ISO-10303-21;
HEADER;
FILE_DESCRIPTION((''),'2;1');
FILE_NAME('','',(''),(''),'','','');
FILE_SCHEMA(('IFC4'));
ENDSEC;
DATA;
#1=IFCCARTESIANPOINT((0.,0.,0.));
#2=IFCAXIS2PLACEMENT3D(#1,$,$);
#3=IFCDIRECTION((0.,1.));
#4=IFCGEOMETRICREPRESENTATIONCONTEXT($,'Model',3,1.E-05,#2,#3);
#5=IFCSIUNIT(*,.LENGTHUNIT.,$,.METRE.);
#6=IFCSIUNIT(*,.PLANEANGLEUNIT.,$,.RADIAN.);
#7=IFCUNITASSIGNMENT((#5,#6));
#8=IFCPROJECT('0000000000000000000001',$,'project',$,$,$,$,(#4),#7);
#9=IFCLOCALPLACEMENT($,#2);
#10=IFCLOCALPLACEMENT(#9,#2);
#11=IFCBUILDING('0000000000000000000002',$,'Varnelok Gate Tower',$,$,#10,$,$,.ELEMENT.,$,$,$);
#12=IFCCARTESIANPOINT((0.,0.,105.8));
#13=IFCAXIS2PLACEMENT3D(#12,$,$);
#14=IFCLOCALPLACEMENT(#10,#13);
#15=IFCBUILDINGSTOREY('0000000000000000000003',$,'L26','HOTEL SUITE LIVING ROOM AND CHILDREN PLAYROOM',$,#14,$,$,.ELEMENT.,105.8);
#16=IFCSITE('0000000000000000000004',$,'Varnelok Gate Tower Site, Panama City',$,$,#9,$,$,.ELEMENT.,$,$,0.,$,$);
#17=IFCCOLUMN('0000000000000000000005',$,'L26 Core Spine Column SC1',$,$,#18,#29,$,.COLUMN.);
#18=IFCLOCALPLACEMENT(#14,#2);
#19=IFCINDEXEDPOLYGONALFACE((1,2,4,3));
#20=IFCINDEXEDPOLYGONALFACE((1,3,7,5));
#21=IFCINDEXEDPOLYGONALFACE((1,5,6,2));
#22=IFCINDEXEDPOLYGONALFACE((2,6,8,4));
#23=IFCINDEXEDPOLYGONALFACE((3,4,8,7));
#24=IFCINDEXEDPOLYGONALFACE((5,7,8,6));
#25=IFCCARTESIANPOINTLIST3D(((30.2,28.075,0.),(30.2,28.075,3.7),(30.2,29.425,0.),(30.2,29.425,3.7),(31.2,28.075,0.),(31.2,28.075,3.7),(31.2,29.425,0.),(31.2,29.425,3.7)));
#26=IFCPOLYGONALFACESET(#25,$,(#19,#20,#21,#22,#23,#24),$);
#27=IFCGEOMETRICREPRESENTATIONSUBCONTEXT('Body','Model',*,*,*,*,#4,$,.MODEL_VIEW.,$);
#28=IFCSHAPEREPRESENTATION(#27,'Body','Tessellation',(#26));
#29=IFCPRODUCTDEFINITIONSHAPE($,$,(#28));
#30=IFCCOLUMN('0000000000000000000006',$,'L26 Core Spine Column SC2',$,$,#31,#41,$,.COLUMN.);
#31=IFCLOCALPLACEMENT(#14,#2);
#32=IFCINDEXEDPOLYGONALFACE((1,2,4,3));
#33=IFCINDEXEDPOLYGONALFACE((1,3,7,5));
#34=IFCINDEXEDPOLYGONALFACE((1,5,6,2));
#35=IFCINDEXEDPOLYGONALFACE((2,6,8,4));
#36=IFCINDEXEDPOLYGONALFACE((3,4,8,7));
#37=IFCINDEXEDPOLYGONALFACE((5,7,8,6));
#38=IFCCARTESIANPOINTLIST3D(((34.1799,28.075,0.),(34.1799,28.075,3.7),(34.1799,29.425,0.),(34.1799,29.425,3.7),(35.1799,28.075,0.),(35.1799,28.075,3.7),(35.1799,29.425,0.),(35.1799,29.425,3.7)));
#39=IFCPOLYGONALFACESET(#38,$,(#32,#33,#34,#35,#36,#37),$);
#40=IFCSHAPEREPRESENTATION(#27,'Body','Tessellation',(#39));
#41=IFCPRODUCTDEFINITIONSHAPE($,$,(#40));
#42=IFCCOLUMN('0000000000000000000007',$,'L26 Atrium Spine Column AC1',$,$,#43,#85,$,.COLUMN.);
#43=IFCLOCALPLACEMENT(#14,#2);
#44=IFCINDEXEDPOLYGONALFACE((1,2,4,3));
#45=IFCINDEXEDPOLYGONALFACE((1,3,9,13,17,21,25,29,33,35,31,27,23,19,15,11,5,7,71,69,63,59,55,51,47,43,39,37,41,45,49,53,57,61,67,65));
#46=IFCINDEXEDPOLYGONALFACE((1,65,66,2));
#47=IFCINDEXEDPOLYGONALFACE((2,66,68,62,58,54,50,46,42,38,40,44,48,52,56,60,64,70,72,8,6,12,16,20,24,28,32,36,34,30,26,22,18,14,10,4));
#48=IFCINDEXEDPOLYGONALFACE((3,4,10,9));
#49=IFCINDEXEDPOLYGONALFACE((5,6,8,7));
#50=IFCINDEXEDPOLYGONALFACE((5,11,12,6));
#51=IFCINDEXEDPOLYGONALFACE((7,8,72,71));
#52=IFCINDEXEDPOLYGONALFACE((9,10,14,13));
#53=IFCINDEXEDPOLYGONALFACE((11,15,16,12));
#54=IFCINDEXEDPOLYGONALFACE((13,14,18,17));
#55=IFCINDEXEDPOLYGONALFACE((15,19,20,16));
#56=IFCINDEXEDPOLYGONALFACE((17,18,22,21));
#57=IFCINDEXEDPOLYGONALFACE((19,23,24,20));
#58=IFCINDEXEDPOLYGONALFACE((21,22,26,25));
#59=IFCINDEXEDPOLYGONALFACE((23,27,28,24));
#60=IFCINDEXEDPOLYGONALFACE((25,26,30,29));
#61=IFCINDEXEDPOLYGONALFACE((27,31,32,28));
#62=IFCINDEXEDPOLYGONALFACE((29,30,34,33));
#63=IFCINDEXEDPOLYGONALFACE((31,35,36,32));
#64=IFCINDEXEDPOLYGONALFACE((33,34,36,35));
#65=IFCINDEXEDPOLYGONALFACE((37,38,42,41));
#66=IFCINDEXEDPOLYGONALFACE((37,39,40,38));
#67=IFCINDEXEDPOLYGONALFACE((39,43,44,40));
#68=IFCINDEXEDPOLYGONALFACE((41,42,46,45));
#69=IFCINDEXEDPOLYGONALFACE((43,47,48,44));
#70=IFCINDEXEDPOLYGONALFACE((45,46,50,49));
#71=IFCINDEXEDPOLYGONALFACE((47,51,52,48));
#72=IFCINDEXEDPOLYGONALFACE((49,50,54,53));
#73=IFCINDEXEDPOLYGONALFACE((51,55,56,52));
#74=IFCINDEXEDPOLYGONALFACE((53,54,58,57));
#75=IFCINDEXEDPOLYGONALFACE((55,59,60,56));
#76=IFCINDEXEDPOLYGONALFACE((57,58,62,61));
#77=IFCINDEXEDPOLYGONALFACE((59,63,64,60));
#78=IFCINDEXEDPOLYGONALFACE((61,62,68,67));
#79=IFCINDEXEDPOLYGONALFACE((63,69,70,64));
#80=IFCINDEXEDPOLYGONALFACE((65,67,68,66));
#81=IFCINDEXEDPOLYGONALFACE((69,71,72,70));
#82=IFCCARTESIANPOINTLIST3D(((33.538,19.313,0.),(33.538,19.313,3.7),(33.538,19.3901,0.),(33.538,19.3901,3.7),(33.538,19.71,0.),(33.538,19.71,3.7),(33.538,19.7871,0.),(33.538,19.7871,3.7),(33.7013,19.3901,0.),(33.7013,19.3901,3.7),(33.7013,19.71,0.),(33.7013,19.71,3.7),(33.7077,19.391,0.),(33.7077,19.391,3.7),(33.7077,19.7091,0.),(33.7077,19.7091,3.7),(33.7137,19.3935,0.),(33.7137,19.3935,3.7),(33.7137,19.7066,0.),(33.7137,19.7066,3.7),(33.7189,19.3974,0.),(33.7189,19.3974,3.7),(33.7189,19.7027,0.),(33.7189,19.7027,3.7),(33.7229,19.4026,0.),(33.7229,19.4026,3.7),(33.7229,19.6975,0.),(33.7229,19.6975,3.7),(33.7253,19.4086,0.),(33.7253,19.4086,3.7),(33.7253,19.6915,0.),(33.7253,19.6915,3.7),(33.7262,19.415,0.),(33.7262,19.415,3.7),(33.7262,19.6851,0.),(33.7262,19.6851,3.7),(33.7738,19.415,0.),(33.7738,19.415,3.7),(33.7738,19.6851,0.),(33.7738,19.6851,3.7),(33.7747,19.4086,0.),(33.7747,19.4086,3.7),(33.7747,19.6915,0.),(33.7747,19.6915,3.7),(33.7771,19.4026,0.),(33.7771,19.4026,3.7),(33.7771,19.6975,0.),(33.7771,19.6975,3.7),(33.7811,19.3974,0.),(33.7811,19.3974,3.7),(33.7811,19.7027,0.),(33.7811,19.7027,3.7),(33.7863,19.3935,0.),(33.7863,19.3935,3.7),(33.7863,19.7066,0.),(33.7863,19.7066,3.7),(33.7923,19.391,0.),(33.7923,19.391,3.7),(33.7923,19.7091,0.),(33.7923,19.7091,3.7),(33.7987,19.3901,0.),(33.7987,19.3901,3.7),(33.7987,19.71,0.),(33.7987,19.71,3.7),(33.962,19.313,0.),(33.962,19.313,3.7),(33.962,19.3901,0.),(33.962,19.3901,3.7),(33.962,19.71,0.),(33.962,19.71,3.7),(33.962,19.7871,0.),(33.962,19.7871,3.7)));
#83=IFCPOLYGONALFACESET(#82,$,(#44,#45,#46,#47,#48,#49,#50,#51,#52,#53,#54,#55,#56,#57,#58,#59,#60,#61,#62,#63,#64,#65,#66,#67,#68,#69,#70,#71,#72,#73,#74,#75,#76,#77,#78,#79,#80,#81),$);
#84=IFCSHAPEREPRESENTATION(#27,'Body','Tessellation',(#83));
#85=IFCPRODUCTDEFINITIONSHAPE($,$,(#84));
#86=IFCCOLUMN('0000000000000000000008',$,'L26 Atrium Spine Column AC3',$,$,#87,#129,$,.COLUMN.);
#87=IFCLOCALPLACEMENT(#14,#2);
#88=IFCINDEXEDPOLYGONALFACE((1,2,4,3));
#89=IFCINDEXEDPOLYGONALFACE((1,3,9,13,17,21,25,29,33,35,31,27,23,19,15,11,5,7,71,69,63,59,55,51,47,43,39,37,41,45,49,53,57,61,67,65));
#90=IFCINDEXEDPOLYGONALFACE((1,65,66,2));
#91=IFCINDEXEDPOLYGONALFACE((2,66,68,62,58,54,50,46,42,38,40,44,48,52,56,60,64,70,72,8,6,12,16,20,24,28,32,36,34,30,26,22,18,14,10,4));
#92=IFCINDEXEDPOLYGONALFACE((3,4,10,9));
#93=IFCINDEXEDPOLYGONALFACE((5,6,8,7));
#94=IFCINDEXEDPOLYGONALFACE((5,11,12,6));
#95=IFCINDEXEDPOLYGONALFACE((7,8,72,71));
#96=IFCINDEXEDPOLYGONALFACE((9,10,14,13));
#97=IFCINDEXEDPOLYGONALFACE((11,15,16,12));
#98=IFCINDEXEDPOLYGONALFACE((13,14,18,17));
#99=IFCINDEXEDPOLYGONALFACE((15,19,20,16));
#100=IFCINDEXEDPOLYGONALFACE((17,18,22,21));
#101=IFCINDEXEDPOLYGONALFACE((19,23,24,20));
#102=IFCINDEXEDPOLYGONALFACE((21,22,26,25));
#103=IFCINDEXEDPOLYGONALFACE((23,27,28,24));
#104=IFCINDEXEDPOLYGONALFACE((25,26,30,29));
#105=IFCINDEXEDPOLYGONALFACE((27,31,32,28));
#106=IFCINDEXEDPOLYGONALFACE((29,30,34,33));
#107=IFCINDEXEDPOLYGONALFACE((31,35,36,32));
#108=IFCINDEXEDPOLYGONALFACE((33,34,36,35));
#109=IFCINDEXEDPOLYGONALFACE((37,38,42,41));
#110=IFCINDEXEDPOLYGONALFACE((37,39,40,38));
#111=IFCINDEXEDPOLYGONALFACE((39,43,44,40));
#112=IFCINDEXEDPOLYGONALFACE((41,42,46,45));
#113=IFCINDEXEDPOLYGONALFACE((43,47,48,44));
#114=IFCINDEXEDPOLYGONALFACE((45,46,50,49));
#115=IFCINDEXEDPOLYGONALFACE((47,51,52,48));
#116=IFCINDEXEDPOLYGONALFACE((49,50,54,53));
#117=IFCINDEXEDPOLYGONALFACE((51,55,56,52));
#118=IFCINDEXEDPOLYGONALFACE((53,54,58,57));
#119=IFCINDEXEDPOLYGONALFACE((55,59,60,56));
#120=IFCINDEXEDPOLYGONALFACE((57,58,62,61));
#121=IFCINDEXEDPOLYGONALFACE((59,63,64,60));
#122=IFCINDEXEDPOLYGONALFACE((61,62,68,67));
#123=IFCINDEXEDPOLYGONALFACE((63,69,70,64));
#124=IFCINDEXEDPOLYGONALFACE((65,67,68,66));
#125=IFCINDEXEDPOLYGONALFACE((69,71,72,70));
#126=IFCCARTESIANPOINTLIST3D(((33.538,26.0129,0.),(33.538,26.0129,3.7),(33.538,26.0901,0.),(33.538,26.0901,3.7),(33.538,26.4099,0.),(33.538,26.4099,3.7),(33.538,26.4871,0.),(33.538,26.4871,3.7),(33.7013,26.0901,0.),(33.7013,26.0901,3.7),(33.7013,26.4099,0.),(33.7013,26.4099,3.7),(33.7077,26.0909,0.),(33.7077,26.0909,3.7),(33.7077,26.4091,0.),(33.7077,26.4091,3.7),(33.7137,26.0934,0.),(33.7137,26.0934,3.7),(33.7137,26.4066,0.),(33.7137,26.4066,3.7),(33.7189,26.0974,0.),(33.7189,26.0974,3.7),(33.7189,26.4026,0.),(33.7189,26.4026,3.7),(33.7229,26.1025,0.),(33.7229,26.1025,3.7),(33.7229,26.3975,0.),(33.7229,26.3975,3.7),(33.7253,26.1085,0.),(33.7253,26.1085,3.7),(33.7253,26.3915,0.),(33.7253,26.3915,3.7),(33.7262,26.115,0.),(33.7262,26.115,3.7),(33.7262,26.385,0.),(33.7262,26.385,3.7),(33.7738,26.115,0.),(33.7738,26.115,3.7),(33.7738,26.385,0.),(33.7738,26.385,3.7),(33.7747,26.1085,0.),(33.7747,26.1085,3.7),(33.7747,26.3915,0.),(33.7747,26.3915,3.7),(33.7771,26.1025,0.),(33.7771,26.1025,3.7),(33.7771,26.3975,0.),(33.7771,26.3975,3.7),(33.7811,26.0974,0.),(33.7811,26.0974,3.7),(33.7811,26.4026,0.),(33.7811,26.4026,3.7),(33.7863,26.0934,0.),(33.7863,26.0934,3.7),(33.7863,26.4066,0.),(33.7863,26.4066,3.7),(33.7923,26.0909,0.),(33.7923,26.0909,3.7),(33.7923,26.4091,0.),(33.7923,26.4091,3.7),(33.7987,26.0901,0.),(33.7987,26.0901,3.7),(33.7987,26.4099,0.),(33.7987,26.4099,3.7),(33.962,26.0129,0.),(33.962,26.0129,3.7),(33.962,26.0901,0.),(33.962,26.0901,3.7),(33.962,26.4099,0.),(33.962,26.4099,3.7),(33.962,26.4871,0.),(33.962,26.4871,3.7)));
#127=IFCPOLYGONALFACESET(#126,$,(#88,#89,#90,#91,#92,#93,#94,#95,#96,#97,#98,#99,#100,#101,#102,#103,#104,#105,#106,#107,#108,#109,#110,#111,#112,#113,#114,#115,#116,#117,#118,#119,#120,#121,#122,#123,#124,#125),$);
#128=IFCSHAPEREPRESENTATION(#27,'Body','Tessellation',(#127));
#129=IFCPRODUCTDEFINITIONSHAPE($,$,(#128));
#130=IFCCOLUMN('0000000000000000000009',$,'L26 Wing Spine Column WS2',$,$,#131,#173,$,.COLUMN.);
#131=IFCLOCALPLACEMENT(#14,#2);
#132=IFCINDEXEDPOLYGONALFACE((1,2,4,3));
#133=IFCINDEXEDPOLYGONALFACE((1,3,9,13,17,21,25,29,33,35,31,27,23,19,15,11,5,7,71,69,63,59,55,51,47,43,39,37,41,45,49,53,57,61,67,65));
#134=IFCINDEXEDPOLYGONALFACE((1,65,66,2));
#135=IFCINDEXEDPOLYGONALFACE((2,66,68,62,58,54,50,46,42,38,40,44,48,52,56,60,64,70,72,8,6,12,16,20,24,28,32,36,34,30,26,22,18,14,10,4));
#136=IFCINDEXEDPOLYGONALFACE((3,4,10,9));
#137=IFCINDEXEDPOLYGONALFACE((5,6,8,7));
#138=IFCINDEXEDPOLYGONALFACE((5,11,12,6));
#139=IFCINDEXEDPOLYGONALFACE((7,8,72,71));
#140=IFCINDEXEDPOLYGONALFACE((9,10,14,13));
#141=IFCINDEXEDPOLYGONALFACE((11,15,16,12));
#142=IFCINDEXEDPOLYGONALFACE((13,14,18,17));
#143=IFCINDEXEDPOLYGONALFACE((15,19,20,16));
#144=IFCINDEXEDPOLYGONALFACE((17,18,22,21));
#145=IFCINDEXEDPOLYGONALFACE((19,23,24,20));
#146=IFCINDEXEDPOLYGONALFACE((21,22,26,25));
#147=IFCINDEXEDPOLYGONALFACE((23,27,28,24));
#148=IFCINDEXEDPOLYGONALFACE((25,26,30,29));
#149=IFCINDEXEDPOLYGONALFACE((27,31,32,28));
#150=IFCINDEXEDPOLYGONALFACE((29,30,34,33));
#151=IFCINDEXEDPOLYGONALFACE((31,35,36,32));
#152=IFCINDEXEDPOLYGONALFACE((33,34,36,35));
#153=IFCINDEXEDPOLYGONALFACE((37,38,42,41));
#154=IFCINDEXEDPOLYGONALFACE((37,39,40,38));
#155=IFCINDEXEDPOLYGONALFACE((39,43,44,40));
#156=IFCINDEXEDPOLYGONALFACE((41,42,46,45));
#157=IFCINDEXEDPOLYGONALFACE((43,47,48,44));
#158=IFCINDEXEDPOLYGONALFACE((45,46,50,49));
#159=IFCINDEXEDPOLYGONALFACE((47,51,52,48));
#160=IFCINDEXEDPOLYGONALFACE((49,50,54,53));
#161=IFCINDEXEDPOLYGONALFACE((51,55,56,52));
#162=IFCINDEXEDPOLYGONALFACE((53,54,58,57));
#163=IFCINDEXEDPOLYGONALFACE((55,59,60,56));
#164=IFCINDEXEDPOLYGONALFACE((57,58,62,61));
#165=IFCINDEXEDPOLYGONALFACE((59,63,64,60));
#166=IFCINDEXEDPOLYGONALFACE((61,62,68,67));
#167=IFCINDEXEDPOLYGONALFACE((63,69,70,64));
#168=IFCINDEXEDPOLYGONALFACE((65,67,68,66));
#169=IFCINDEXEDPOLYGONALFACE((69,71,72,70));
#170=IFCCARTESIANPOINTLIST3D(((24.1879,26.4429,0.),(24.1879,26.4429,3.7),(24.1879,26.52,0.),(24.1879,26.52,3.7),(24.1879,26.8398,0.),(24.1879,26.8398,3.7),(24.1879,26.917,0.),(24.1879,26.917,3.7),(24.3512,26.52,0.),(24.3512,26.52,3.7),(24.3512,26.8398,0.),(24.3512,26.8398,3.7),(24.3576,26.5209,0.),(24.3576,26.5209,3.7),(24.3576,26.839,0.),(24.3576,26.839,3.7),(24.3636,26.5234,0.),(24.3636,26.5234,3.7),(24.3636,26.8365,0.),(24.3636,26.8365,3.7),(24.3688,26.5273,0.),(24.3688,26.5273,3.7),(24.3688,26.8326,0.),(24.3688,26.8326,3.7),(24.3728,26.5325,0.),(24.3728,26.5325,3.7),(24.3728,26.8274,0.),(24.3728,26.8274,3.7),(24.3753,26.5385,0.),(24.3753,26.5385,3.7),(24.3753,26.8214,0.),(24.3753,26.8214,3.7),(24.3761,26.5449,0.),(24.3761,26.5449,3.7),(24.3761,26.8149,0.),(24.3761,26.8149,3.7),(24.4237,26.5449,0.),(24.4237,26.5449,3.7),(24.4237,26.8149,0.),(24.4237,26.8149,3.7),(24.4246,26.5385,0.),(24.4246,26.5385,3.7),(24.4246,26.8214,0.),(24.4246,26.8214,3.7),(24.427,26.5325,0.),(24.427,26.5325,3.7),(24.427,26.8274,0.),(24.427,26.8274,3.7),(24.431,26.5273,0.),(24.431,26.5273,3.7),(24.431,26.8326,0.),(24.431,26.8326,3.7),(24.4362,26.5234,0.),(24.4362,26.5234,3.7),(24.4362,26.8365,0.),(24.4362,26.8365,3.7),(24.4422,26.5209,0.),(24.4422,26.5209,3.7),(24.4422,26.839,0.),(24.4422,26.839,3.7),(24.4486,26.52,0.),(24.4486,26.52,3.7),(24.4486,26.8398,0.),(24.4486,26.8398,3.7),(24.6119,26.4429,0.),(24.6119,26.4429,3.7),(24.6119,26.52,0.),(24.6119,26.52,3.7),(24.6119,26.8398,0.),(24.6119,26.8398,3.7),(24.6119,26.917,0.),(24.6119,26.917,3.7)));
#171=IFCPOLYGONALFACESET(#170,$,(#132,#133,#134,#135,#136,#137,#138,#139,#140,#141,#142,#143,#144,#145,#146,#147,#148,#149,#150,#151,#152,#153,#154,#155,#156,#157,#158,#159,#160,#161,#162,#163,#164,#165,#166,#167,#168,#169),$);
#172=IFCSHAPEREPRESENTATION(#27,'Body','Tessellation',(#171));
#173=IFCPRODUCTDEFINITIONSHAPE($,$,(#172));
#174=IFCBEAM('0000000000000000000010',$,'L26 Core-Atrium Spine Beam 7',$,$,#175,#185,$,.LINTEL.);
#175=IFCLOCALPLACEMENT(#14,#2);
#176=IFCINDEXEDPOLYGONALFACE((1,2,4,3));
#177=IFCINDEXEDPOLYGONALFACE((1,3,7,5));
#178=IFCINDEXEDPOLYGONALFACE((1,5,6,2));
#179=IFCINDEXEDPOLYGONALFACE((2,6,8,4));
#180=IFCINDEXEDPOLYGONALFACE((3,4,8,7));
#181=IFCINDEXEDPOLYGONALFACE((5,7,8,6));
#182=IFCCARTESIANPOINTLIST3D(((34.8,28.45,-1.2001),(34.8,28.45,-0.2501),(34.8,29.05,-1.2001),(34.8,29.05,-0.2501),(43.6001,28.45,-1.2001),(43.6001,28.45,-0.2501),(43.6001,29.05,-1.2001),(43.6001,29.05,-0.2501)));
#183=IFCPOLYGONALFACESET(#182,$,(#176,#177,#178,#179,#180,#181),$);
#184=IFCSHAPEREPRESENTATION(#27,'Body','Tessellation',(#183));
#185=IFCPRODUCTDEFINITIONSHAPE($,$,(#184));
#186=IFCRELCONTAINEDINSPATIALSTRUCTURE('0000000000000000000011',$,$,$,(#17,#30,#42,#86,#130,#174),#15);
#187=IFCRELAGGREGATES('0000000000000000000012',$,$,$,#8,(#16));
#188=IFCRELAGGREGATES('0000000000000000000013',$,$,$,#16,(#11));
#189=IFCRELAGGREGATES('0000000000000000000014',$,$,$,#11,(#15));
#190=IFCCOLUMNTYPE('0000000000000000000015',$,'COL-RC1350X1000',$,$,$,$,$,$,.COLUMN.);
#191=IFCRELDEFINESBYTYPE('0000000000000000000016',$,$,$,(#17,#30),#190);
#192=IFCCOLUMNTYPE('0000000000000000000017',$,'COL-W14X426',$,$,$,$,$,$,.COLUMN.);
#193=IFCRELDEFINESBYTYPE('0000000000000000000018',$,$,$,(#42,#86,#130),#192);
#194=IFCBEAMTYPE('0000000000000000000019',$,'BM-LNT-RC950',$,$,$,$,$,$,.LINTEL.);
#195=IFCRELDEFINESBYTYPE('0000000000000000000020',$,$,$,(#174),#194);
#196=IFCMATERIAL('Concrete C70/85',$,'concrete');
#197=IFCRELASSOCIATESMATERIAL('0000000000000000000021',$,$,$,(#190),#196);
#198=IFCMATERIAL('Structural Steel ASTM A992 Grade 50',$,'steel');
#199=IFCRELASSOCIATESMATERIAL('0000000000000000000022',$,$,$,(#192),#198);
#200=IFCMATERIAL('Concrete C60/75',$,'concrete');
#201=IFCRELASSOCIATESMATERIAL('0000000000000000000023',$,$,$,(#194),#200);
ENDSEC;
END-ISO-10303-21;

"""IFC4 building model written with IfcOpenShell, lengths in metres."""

from ifc_helpers import new_model, si_unit, direction, frame, origin, origin_2d, place, context, subcontext, project, spatial, rectangle, i_section, extrude, material, material_profile, profile_set, type_object, element, save


model = new_model("IFC4")

# Units and contexts
model_context = context("Model", 3, precision=1e-05, world=origin(), true_north=direction((0.0, 1.0)))
body_context = subcontext(model_context, "Body", "Model", "MODEL_VIEW")
ifc_project = project(units=[si_unit("LENGTHUNIT", "METRE"), si_unit("PLANEANGLEUNIT", "RADIAN")], contexts=[model_context])

# Site, building, storey
site_placement = place(None, origin())
site = spatial("IfcSite", under=ifc_project, at=site_placement, Name="Varnelok Gate Tower Site, Panama City", CompositionType="ELEMENT", RefElevation=0.0)
building_placement = place(site_placement, origin())
building = spatial("IfcBuilding", under=site, at=building_placement, Name="Varnelok Gate Tower", CompositionType="ELEMENT")
storey_placement = place(building_placement, frame((0.0, 0.0, 105.8)))
storey = spatial("IfcBuildingStorey", under=building, at=storey_placement, Name="L26", Description="HOTEL SUITE LIVING ROOM AND CHILDREN PLAYROOM", CompositionType="ELEMENT", Elevation=105.8)

# Columns
ifc_material_1 = material(Name="Concrete C70/85", Category="concrete")
ifc_material_profile_1 = material_profile(ifc_material_1, rectangle(XDim=1.0, YDim=1.3501, at=origin_2d()), Name="RC1350X1000")
ifc_profile_set_1 = profile_set([ifc_material_profile_1], Name="Concrete C70/85")
column_type_1 = type_object("IfcColumnType", Name="COL-RC1350X1000", PredefinedType="COLUMN", material=ifc_profile_set_1)
for number, where, z_axis, x_axis, name in (
    (1, (30.7, 28.75, 0.0), (0.0, 0.0, 1.0), (1.0, 0.0, 0.0), "L26 Core Spine Column SC1"),
    (2, (34.6799, 28.75, 0.0), (0.0, 0.0, 1.0), (1.0, 0.0, 0.0), "L26 Core Spine Column SC2"),
):
    element("IfcColumn", number, at=place(storey_placement, frame(where, z_axis=z_axis, x_axis=x_axis)), inside=storey, type_object=column_type_1, Name=name, PredefinedType="COLUMN", context=body_context, shape_type="SweptSolid", body=[
        extrude(rectangle(XDim=1.0, YDim=1.3501, at=origin_2d()), origin(), (0.0, 0.0, 1.0), 3.7),
    ])
ifc_material_2 = material(Name="Structural Steel ASTM A992 Grade 50", Category="steel")
ifc_material_profile_2 = material_profile(ifc_material_2, i_section(OverallWidth=0.4241, OverallDepth=0.4741, WebThickness=0.0476, FlangeThickness=0.0771, FilletRadius=0.0249, at=origin_2d()), Name="W14X426")
ifc_profile_set_2 = profile_set([ifc_material_profile_2], Name="Structural Steel ASTM A992 Grade 50")
column_type_2 = type_object("IfcColumnType", Name="COL-W14X426", PredefinedType="COLUMN", material=ifc_profile_set_2)
for number, where, z_axis, x_axis, name in (
    (3, (33.75, 19.55, 0.0), (0.0, 0.0, 1.0), (1.0, 0.0, 0.0), "L26 Atrium Spine Column AC1"),
    (4, (33.75, 26.25, 0.0), (0.0, 0.0, 1.0), (1.0, 0.0, 0.0), "L26 Atrium Spine Column AC3"),
    (5, (24.3999, 26.6799, 0.0), (0.0, 0.0, 1.0), (1.0, 0.0, 0.0), "L26 Wing Spine Column WS2"),
):
    element("IfcColumn", number, at=place(storey_placement, frame(where, z_axis=z_axis, x_axis=x_axis)), inside=storey, type_object=column_type_2, Name=name, PredefinedType="COLUMN", context=body_context, shape_type="SweptSolid", body=[
        extrude(i_section(OverallWidth=0.4241, OverallDepth=0.4741, WebThickness=0.0476, FlangeThickness=0.0771, FilletRadius=0.0249, at=origin_2d()), origin(), (0.0, 0.0, 1.0), 3.7),
    ])

# Beam
ifc_material_3 = material(Name="Concrete C60/75", Category="concrete")
ifc_material_profile_3 = material_profile(ifc_material_3, rectangle(XDim=0.6001, YDim=0.95, at=origin_2d()), Name="RC950X600")
ifc_profile_set_3 = profile_set([ifc_material_profile_3], Name="Concrete C60/75")
beam_type_1 = type_object("IfcBeamType", Name="BM-LNT-RC950", PredefinedType="LINTEL", material=ifc_profile_set_3)
beam_1_placement = place(storey_placement, frame((34.8, 28.75, -0.7251), z_axis=(1.0, 0.0, 0.0), x_axis=(0.0, 1.0, 0.0)))
element("IfcBeam", 6, at=beam_1_placement, inside=storey, type_object=beam_type_1, Name="L26 Core-Atrium Spine Beam 7", PredefinedType="LINTEL", context=body_context, shape_type="SweptSolid", body=[
    extrude(rectangle(XDim=0.6001, YDim=0.95, at=origin_2d()), origin(), (0.0, 0.0, 1.0), 8.8),
])

save(model, "model.ifc")
